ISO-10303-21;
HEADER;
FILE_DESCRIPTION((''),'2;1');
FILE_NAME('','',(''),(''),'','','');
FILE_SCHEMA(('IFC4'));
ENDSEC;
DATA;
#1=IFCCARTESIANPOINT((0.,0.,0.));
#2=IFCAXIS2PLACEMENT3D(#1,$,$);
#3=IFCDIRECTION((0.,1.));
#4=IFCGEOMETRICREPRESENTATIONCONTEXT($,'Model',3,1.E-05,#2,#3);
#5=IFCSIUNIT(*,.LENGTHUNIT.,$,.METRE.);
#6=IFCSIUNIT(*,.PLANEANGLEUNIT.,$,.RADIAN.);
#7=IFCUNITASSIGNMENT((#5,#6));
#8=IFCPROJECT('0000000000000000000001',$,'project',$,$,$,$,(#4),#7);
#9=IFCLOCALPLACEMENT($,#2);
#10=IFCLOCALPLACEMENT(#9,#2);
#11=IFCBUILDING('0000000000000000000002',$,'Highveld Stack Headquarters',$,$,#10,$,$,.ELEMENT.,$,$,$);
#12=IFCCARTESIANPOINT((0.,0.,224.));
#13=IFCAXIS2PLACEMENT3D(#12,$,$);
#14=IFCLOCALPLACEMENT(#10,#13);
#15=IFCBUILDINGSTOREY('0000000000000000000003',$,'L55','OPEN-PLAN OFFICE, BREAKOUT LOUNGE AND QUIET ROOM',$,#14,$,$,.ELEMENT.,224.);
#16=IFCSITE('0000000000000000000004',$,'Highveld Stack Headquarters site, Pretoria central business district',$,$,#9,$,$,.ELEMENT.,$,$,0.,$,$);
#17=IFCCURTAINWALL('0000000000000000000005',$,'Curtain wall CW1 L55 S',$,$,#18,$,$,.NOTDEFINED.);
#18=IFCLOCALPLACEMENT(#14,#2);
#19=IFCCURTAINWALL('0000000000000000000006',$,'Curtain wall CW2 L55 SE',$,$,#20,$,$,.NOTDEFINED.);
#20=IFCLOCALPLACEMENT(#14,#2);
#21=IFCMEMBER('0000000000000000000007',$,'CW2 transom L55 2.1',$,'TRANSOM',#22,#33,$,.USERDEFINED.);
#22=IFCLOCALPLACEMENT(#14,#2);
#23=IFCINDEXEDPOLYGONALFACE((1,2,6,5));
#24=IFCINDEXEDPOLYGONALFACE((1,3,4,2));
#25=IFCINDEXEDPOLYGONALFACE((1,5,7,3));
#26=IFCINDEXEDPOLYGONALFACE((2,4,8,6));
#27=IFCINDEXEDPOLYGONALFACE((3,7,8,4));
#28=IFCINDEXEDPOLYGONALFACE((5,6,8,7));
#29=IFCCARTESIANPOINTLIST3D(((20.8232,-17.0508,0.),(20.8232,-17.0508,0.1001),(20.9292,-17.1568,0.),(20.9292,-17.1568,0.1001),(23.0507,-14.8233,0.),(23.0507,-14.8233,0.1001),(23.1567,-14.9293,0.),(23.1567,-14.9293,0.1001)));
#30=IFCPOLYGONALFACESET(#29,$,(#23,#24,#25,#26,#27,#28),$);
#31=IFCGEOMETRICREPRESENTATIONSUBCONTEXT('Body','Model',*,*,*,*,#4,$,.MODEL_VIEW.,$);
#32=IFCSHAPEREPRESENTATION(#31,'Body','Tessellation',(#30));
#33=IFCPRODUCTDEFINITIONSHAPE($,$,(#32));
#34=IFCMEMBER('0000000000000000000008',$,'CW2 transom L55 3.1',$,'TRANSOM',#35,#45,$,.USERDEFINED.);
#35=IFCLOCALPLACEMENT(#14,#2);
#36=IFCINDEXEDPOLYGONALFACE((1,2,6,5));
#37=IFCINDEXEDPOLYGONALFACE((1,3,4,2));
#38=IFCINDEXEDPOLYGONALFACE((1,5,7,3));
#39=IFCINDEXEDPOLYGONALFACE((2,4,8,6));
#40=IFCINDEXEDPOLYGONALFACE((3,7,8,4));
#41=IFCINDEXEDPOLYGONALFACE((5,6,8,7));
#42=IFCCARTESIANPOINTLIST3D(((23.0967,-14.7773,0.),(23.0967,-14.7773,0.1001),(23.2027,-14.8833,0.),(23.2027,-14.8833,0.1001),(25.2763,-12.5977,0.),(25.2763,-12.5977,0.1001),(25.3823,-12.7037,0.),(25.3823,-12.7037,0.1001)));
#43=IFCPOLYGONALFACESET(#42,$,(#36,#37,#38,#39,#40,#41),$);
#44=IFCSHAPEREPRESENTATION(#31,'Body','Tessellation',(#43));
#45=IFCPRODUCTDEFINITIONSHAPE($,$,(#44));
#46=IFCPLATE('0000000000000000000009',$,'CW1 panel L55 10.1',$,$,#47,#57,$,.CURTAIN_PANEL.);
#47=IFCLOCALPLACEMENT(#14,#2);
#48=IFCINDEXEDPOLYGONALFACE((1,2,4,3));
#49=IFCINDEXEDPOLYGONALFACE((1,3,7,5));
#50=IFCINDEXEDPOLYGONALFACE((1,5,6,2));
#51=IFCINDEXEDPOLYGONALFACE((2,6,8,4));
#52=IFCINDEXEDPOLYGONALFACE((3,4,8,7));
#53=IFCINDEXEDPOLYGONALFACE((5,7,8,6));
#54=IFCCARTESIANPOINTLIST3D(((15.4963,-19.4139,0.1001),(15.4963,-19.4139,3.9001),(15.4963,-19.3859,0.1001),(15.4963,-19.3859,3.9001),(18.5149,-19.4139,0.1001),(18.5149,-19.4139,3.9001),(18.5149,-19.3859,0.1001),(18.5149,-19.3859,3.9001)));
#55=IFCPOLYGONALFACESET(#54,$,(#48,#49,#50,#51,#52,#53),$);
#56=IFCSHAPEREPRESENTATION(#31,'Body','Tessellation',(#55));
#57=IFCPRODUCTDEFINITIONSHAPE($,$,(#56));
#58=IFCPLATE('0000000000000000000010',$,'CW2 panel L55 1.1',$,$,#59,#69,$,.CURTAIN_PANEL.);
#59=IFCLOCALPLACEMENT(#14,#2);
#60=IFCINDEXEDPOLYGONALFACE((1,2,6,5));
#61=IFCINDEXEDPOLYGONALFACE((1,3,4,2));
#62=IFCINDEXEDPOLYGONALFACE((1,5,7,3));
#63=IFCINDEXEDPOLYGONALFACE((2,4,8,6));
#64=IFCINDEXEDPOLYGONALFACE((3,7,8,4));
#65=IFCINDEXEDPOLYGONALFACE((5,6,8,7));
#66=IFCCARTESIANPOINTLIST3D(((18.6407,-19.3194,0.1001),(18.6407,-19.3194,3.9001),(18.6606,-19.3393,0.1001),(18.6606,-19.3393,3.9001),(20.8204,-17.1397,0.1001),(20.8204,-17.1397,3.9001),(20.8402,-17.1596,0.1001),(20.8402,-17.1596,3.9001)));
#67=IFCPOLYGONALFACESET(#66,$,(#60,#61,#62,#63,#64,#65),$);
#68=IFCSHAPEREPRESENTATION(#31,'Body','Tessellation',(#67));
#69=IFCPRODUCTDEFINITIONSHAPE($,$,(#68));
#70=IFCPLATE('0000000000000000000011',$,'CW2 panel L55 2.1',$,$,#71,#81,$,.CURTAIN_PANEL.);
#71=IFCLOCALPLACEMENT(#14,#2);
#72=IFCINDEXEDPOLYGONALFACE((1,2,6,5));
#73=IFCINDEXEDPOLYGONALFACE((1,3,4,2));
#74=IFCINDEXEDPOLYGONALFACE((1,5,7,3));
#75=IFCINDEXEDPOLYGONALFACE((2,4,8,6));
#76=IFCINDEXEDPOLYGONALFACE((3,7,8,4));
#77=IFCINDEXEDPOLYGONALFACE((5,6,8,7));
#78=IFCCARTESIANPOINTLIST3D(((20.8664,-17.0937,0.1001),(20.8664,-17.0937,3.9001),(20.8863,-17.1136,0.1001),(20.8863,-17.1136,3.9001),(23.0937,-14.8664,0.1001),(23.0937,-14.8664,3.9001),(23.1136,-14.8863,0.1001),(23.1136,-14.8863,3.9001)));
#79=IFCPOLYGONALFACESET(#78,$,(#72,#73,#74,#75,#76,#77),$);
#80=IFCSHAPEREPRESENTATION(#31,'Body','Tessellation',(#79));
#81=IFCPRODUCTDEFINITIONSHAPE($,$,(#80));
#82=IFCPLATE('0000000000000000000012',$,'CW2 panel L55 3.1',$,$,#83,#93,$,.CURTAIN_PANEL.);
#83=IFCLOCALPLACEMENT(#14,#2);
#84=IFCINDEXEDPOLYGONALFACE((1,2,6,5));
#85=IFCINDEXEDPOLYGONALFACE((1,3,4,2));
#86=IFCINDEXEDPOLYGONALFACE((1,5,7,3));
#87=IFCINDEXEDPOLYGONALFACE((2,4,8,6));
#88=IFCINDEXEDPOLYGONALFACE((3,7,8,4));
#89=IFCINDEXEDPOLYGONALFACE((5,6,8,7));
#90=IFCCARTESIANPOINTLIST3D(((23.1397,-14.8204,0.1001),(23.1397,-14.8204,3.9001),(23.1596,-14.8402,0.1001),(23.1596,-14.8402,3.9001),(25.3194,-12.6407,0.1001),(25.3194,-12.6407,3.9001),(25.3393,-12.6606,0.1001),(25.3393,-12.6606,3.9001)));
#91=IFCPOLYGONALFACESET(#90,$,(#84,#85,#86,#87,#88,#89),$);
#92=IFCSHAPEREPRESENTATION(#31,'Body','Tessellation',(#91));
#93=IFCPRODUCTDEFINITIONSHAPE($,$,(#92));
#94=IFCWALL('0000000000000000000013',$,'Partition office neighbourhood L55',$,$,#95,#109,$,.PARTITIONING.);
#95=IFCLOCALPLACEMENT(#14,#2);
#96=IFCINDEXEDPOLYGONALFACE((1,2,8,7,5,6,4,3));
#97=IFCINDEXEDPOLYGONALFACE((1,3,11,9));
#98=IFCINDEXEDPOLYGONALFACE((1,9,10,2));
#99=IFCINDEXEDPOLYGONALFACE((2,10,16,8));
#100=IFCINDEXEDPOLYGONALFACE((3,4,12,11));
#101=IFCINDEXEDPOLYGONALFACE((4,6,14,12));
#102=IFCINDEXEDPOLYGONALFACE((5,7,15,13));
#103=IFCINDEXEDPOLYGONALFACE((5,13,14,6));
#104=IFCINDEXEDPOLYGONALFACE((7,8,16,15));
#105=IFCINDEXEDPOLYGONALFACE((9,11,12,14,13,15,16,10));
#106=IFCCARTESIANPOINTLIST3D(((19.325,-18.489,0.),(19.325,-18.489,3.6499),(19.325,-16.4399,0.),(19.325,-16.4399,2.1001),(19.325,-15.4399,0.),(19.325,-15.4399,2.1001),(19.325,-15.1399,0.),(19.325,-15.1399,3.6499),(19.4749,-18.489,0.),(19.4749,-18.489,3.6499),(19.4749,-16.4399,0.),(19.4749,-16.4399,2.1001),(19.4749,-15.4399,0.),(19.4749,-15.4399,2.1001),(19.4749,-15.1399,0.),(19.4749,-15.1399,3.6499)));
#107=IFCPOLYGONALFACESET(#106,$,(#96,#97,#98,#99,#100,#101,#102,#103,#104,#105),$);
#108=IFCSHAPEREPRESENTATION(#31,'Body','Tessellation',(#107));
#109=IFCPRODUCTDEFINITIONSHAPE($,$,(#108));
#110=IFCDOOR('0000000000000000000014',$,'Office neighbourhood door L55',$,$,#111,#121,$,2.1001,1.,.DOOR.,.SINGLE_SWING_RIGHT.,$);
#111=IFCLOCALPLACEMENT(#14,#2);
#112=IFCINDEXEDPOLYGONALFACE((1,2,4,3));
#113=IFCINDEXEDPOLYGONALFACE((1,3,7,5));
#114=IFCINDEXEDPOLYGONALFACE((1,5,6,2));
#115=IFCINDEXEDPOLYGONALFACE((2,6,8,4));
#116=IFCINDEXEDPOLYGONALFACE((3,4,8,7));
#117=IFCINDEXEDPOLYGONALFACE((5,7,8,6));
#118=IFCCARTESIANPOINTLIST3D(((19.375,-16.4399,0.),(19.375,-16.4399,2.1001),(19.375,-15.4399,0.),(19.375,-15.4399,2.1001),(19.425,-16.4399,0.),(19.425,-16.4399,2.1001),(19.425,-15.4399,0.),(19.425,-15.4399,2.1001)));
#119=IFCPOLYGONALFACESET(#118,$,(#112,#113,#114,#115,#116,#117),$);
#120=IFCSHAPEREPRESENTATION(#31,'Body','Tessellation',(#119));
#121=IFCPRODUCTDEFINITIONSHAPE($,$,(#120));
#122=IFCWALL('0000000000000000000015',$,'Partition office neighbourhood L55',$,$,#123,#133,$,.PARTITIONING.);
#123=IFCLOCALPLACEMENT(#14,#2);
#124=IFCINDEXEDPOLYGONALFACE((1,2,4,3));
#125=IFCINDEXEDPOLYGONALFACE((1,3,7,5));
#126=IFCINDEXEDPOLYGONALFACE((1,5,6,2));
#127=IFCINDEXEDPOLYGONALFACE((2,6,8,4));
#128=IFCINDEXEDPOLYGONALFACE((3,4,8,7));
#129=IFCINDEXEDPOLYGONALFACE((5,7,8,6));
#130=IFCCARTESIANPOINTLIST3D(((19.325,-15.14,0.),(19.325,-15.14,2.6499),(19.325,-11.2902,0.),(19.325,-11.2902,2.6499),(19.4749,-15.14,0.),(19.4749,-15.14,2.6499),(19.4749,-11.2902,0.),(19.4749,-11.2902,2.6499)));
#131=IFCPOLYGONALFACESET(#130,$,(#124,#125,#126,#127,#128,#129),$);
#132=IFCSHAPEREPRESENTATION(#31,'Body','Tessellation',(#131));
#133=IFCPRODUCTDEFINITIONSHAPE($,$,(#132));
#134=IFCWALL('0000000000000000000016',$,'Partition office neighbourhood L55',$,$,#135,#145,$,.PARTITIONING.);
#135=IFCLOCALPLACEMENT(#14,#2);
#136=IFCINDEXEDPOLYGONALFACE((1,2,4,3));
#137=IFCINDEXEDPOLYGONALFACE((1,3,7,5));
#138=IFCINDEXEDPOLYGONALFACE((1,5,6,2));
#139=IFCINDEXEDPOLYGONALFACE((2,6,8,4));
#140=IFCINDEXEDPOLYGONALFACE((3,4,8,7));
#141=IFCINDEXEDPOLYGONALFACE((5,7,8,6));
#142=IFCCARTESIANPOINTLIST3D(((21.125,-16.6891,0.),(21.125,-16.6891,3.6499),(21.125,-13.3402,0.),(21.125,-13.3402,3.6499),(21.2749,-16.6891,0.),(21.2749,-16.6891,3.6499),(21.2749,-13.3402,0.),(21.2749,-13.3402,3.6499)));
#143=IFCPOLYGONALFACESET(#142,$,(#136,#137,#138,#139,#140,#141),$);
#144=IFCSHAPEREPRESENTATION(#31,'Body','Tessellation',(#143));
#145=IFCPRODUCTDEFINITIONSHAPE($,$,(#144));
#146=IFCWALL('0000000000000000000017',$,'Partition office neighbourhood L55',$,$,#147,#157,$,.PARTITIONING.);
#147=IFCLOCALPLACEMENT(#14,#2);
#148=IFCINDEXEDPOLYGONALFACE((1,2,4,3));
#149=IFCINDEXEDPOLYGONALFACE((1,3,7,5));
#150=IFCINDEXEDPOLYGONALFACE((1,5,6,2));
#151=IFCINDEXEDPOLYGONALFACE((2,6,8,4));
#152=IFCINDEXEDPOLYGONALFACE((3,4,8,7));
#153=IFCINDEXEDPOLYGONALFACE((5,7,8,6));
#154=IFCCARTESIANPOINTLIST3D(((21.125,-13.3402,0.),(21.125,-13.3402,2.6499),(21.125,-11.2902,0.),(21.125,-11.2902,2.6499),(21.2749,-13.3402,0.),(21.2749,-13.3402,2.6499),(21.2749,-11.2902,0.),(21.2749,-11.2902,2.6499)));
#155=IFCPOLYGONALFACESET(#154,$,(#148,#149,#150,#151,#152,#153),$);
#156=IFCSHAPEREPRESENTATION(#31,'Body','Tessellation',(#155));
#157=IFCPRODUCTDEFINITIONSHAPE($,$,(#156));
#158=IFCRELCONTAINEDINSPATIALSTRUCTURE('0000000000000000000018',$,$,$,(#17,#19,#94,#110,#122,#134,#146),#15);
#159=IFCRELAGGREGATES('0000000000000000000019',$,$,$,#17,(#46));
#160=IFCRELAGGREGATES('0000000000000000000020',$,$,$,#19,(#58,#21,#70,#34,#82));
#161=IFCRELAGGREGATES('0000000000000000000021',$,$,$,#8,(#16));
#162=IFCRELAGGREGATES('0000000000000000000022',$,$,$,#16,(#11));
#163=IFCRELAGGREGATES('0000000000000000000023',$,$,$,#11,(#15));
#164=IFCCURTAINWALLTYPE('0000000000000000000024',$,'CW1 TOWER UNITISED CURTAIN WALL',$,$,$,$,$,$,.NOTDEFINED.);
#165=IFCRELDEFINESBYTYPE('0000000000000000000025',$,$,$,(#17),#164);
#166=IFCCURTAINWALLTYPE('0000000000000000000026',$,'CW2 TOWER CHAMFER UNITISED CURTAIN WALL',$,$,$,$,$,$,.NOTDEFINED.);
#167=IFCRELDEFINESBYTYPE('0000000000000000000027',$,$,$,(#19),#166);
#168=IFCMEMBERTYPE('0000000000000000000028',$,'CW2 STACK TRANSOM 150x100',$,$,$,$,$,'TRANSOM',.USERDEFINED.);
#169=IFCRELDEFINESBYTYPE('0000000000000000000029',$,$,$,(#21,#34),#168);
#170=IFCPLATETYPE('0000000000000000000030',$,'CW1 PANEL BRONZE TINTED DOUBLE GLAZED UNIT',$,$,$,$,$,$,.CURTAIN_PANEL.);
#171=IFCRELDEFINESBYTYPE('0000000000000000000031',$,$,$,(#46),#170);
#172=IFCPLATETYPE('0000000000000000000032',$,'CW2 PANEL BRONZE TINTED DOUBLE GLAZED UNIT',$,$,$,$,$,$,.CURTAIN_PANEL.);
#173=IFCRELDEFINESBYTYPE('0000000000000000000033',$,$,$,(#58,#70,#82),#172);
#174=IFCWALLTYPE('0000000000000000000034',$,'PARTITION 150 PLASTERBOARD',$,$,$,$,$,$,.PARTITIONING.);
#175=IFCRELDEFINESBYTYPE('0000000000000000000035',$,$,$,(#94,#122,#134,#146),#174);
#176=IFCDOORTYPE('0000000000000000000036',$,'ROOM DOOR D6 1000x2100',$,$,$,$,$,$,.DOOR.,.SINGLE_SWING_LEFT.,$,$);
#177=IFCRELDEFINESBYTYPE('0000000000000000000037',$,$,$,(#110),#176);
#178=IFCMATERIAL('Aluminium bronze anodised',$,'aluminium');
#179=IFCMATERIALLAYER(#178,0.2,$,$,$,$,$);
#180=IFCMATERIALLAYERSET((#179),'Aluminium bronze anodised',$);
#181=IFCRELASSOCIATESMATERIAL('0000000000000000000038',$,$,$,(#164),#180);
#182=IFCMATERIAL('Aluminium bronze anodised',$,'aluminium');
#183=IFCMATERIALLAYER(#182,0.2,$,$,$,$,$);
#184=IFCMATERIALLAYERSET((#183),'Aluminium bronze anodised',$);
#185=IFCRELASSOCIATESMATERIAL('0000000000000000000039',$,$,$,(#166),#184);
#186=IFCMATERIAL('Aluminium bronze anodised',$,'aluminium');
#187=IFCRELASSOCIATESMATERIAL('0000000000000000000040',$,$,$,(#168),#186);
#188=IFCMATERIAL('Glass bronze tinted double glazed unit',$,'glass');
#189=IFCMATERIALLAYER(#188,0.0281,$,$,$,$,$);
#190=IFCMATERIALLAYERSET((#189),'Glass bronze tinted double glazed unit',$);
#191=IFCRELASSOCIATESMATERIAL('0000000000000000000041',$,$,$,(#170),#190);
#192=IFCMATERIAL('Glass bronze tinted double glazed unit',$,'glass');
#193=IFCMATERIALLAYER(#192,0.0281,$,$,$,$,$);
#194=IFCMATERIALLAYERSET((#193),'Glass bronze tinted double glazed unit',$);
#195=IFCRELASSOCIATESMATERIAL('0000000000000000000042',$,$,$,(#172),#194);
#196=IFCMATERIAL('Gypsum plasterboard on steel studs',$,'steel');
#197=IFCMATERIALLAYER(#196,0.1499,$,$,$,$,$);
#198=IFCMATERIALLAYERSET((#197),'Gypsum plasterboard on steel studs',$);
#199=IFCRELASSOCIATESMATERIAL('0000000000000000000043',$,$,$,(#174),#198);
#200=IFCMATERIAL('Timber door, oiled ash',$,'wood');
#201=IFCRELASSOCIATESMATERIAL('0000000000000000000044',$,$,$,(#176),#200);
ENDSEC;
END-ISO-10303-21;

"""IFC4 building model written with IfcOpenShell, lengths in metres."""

from ifc_helpers import new_model, si_unit, direction, frame, frame_2d, origin, origin_2d, place, context, subcontext, project, spatial, rectangle, extrude, material, layer, layer_set, material_profile, profile_set, type_object, element, fill, aggregate, save


model = new_model("IFC4")

# Units and contexts
model_context = context("Model", 3, precision=1e-05, world=origin(), true_north=direction((0.0, 1.0)))
body_context = subcontext(model_context, "Body", "Model", "MODEL_VIEW")
ifc_project = project(units=[si_unit("LENGTHUNIT", "METRE"), si_unit("PLANEANGLEUNIT", "RADIAN")], contexts=[model_context])

# Site, building, storey
site_placement = place(None, origin())
site = spatial("IfcSite", under=ifc_project, at=site_placement, Name="Highveld Stack Headquarters site, Pretoria central business district", CompositionType="ELEMENT", RefElevation=0.0)
building_placement = place(site_placement, origin())
building = spatial("IfcBuilding", under=site, at=building_placement, Name="Highveld Stack Headquarters", CompositionType="ELEMENT")
storey_placement = place(building_placement, frame((0.0, 0.0, 224.0)))
storey = spatial("IfcBuildingStorey", under=building, at=storey_placement, Name="L55", Description="OPEN-PLAN OFFICE, BREAKOUT LOUNGE AND QUIET ROOM", CompositionType="ELEMENT", Elevation=224.0)

# Curtain wall
ifc_material_1 = material(Name="Aluminium bronze anodised", Category="aluminium")
ifc_layer_1 = layer(ifc_material_1, 0.2)
ifc_layer_set_1 = layer_set([ifc_layer_1], Name="Aluminium bronze anodised")
curtain_wall_type_1 = type_object("IfcCurtainWallType", Name="CW1 TOWER UNITISED CURTAIN WALL", PredefinedType="NOTDEFINED", material=ifc_layer_set_1)
curtain_wall_1_placement = place(storey_placement, origin())
curtain_wall_1 = element("IfcCurtainWall", 1, at=curtain_wall_1_placement, inside=storey, type_object=curtain_wall_type_1, Name="Curtain wall CW1 L55 S", PredefinedType="NOTDEFINED")

# Curtain wall, members
ifc_material_2 = material(Name="Aluminium bronze anodised", Category="aluminium")
ifc_layer_2 = layer(ifc_material_2, 0.2)
ifc_layer_set_2 = layer_set([ifc_layer_2], Name="Aluminium bronze anodised")
curtain_wall_type_2 = type_object("IfcCurtainWallType", Name="CW2 TOWER CHAMFER UNITISED CURTAIN WALL", PredefinedType="NOTDEFINED", material=ifc_layer_set_2)
curtain_wall_2_placement = place(storey_placement, origin())
curtain_wall_2 = element("IfcCurtainWall", 2, at=curtain_wall_2_placement, inside=storey, type_object=curtain_wall_type_2, Name="Curtain wall CW2 L55 SE", PredefinedType="NOTDEFINED")
ifc_material_3 = material(Name="Aluminium bronze anodised", Category="aluminium")
ifc_material_profile_1 = material_profile(ifc_material_3, rectangle(XDim=0.1499, YDim=0.1001, at=origin_2d()), Name="CW2 TRANSOM 150x100")
ifc_profile_set_1 = profile_set([ifc_material_profile_1], Name="Aluminium bronze anodised")
member_type_1 = type_object("IfcMemberType", Name="CW2 STACK TRANSOM 150x100", ElementType="TRANSOM", PredefinedType="USERDEFINED", material=ifc_profile_set_1)
member_1_placement = place(storey_placement, frame((20.8762, -17.1038, 0.05), z_axis=(0.707107, 0.707107, 0.0), x_axis=(-0.707107, 0.707107, 0.0)))
member_1 = element("IfcMember", 3, at=member_1_placement, type_object=member_type_1, Name="CW2 transom L55 2.1", ObjectType="TRANSOM", PredefinedType="USERDEFINED", context=body_context, shape_type="SweptSolid", body=[
    extrude(rectangle(XDim=0.1499, YDim=0.1001, at=origin_2d()), origin(), (0.0, 0.0, 1.0), 3.1501),
])
member_2_placement = place(storey_placement, frame((23.1497, -14.8303, 0.05), z_axis=(0.707107, 0.707107, 0.0), x_axis=(-0.707107, 0.707107, 0.0)))
member_2 = element("IfcMember", 4, at=member_2_placement, type_object=member_type_1, Name="CW2 transom L55 3.1", ObjectType="TRANSOM", PredefinedType="USERDEFINED", context=body_context, shape_type="SweptSolid", body=[
    extrude(rectangle(XDim=0.1499, YDim=0.1001, at=origin_2d()), origin(), (0.0, 0.0, 1.0), 3.0825),
])

# Plates
ifc_material_4 = material(Name="Glass bronze tinted double glazed unit", Category="glass")
ifc_layer_3 = layer(ifc_material_4, 0.0281)
ifc_layer_set_3 = layer_set([ifc_layer_3], Name="Glass bronze tinted double glazed unit")
plate_type_1 = type_object("IfcPlateType", Name="CW1 PANEL BRONZE TINTED DOUBLE GLAZED UNIT", PredefinedType="CURTAIN_PANEL", material=ifc_layer_set_3)
plate_1_placement = place(storey_placement, frame((17.0056, -19.3999, 0.1001), z_axis=(0.0, 0.0, 1.0), x_axis=(1.0, 0.0, 0.0)))
plate_1 = element("IfcPlate", 5, at=plate_1_placement, type_object=plate_type_1, Name="CW1 panel L55 10.1", PredefinedType="CURTAIN_PANEL", context=body_context, shape_type="SweptSolid", body=[
    extrude(rectangle(XDim=3.0186, YDim=0.0281, at=origin_2d()), origin(), (0.0, 0.0, 1.0), 3.8),
])
aggregate(curtain_wall_1, [plate_1])
ifc_material_5 = material(Name="Glass bronze tinted double glazed unit", Category="glass")
ifc_layer_4 = layer(ifc_material_5, 0.0281)
ifc_layer_set_4 = layer_set([ifc_layer_4], Name="Glass bronze tinted double glazed unit")
plate_type_2 = type_object("IfcPlateType", Name="CW2 PANEL BRONZE TINTED DOUBLE GLAZED UNIT", PredefinedType="CURTAIN_PANEL", material=ifc_layer_set_4)
plate_2_placement = place(storey_placement, frame((19.7405, -18.2395, 0.1001), z_axis=(0.0, 0.0, 1.0), x_axis=(0.707107, 0.707107, 0.0)))
plate_2 = element("IfcPlate", 6, at=plate_2_placement, type_object=plate_type_2, Name="CW2 panel L55 1.1", PredefinedType="CURTAIN_PANEL", context=body_context, shape_type="SweptSolid", body=[
    extrude(rectangle(XDim=3.0825, YDim=0.0281, at=origin_2d()), origin(), (0.0, 0.0, 1.0), 3.8),
])
plate_3_placement = place(storey_placement, frame((21.99, -15.99, 0.1001), z_axis=(0.0, 0.0, 1.0), x_axis=(0.707107, 0.707107, 0.0)))
plate_3 = element("IfcPlate", 7, at=plate_3_placement, type_object=plate_type_2, Name="CW2 panel L55 2.1", PredefinedType="CURTAIN_PANEL", context=body_context, shape_type="SweptSolid", body=[
    extrude(rectangle(XDim=3.1499, YDim=0.0281, at=origin_2d()), origin(), (0.0, 0.0, 1.0), 3.8),
])
plate_4_placement = place(storey_placement, frame((24.2395, -13.7405, 0.1001), z_axis=(0.0, 0.0, 1.0), x_axis=(0.707107, 0.707107, 0.0)))
plate_4 = element("IfcPlate", 8, at=plate_4_placement, type_object=plate_type_2, Name="CW2 panel L55 3.1", PredefinedType="CURTAIN_PANEL", context=body_context, shape_type="SweptSolid", body=[
    extrude(rectangle(XDim=3.0825, YDim=0.0281, at=origin_2d()), origin(), (0.0, 0.0, 1.0), 3.8),
])
aggregate(curtain_wall_2, [plate_2, member_1, plate_3, member_2, plate_4])

# Wall, opening, door
ifc_material_6 = material(Name="Gypsum plasterboard on steel studs", Category="steel")
ifc_layer_5 = layer(ifc_material_6, 0.1499)
ifc_layer_set_5 = layer_set([ifc_layer_5], Name="Gypsum plasterboard on steel studs")
wall_type = type_object("IfcWallType", Name="PARTITION 150 PLASTERBOARD", PredefinedType="PARTITIONING", material=ifc_layer_set_5)
wall_1_placement = place(storey_placement, frame((19.3999, -18.489, 0.0), z_axis=(0.0, 0.0, 1.0), x_axis=(0.0, 1.0, 0.0)))
wall_1 = element("IfcWall", 9, at=wall_1_placement, inside=storey, type_object=wall_type, Name="Partition office neighbourhood L55", PredefinedType="PARTITIONING", context=body_context, shape_type="SweptSolid", body=[
    extrude(rectangle(XDim=3.3491, YDim=0.1499, at=frame_2d((1.6746, 0.0))), origin(), (0.0, 0.0, 1.0), 3.6499),
])
opening_placement = place(wall_1_placement, frame((2.0491, 0.0, 0.0)))
opening = element("IfcOpeningElement", 10, at=opening_placement, cuts=wall_1, PredefinedType="OPENING", context=body_context, shape_type="SweptSolid", body=[
    extrude(rectangle(XDim=1.0, YDim=2.1001, at=frame_2d((0.5, 1.05))), frame((0.0, 0.085, 0.0), z_axis=(0.0, -1.0, 0.0), x_axis=(1.0, 0.0, 0.0)), (0.0, 0.0, 1.0), 0.1699),
])
ifc_material_7 = material(Name="Timber door, oiled ash", Category="wood")
door_type = type_object("IfcDoorType", Name="ROOM DOOR D6 1000x2100", OperationType="SINGLE_SWING_LEFT", PredefinedType="DOOR", material=ifc_material_7)
door_placement = place(opening_placement, origin())
door = element("IfcDoor", 11, at=door_placement, inside=storey, type_object=door_type, Name="Office neighbourhood door L55", OperationType="SINGLE_SWING_RIGHT", OverallHeight=2.1001, OverallWidth=1.0, PredefinedType="DOOR", context=body_context, shape_type="SweptSolid", body=[
    extrude(rectangle(XDim=1.0, YDim=2.1001, at=frame_2d((0.5, 1.05))), frame((0.0, 0.0249, 0.0), z_axis=(0.0, -1.0, 0.0), x_axis=(1.0, 0.0, 0.0)), (0.0, 0.0, 1.0), 0.05),
])
fill(opening, door)

# Walls
wall_2_placement = place(storey_placement, frame((19.3999, -15.1399, 0.0), z_axis=(0.0, 0.0, 1.0), x_axis=(0.0, 1.0, 0.0)))
element("IfcWall", 12, at=wall_2_placement, inside=storey, type_object=wall_type, Name="Partition office neighbourhood L55", PredefinedType="PARTITIONING", context=body_context, shape_type="SweptSolid", body=[
    extrude(rectangle(XDim=3.8499, YDim=0.1499, at=frame_2d((1.9248, 0.0))), origin(), (0.0, 0.0, 1.0), 2.6499),
])
wall_3_placement = place(storey_placement, frame((21.2, -16.689, 0.0), z_axis=(0.0, 0.0, 1.0), x_axis=(0.0, 1.0, 0.0)))
element("IfcWall", 13, at=wall_3_placement, inside=storey, type_object=wall_type, Name="Partition office neighbourhood L55", PredefinedType="PARTITIONING", context=body_context, shape_type="SweptSolid", body=[
    extrude(rectangle(XDim=3.3489, YDim=0.1499, at=frame_2d((1.6743, 0.0))), origin(), (0.0, 0.0, 1.0), 3.6499),
])
wall_4_placement = place(storey_placement, frame((21.2, -13.3401, 0.0), z_axis=(0.0, 0.0, 1.0), x_axis=(0.0, 1.0, 0.0)))
element("IfcWall", 14, at=wall_4_placement, inside=storey, type_object=wall_type, Name="Partition office neighbourhood L55", PredefinedType="PARTITIONING", context=body_context, shape_type="SweptSolid", body=[
    extrude(rectangle(XDim=2.05, YDim=0.1499, at=frame_2d((1.0249, 0.0))), origin(), (0.0, 0.0, 1.0), 2.6499),
])

save(model, "model.ifc")
